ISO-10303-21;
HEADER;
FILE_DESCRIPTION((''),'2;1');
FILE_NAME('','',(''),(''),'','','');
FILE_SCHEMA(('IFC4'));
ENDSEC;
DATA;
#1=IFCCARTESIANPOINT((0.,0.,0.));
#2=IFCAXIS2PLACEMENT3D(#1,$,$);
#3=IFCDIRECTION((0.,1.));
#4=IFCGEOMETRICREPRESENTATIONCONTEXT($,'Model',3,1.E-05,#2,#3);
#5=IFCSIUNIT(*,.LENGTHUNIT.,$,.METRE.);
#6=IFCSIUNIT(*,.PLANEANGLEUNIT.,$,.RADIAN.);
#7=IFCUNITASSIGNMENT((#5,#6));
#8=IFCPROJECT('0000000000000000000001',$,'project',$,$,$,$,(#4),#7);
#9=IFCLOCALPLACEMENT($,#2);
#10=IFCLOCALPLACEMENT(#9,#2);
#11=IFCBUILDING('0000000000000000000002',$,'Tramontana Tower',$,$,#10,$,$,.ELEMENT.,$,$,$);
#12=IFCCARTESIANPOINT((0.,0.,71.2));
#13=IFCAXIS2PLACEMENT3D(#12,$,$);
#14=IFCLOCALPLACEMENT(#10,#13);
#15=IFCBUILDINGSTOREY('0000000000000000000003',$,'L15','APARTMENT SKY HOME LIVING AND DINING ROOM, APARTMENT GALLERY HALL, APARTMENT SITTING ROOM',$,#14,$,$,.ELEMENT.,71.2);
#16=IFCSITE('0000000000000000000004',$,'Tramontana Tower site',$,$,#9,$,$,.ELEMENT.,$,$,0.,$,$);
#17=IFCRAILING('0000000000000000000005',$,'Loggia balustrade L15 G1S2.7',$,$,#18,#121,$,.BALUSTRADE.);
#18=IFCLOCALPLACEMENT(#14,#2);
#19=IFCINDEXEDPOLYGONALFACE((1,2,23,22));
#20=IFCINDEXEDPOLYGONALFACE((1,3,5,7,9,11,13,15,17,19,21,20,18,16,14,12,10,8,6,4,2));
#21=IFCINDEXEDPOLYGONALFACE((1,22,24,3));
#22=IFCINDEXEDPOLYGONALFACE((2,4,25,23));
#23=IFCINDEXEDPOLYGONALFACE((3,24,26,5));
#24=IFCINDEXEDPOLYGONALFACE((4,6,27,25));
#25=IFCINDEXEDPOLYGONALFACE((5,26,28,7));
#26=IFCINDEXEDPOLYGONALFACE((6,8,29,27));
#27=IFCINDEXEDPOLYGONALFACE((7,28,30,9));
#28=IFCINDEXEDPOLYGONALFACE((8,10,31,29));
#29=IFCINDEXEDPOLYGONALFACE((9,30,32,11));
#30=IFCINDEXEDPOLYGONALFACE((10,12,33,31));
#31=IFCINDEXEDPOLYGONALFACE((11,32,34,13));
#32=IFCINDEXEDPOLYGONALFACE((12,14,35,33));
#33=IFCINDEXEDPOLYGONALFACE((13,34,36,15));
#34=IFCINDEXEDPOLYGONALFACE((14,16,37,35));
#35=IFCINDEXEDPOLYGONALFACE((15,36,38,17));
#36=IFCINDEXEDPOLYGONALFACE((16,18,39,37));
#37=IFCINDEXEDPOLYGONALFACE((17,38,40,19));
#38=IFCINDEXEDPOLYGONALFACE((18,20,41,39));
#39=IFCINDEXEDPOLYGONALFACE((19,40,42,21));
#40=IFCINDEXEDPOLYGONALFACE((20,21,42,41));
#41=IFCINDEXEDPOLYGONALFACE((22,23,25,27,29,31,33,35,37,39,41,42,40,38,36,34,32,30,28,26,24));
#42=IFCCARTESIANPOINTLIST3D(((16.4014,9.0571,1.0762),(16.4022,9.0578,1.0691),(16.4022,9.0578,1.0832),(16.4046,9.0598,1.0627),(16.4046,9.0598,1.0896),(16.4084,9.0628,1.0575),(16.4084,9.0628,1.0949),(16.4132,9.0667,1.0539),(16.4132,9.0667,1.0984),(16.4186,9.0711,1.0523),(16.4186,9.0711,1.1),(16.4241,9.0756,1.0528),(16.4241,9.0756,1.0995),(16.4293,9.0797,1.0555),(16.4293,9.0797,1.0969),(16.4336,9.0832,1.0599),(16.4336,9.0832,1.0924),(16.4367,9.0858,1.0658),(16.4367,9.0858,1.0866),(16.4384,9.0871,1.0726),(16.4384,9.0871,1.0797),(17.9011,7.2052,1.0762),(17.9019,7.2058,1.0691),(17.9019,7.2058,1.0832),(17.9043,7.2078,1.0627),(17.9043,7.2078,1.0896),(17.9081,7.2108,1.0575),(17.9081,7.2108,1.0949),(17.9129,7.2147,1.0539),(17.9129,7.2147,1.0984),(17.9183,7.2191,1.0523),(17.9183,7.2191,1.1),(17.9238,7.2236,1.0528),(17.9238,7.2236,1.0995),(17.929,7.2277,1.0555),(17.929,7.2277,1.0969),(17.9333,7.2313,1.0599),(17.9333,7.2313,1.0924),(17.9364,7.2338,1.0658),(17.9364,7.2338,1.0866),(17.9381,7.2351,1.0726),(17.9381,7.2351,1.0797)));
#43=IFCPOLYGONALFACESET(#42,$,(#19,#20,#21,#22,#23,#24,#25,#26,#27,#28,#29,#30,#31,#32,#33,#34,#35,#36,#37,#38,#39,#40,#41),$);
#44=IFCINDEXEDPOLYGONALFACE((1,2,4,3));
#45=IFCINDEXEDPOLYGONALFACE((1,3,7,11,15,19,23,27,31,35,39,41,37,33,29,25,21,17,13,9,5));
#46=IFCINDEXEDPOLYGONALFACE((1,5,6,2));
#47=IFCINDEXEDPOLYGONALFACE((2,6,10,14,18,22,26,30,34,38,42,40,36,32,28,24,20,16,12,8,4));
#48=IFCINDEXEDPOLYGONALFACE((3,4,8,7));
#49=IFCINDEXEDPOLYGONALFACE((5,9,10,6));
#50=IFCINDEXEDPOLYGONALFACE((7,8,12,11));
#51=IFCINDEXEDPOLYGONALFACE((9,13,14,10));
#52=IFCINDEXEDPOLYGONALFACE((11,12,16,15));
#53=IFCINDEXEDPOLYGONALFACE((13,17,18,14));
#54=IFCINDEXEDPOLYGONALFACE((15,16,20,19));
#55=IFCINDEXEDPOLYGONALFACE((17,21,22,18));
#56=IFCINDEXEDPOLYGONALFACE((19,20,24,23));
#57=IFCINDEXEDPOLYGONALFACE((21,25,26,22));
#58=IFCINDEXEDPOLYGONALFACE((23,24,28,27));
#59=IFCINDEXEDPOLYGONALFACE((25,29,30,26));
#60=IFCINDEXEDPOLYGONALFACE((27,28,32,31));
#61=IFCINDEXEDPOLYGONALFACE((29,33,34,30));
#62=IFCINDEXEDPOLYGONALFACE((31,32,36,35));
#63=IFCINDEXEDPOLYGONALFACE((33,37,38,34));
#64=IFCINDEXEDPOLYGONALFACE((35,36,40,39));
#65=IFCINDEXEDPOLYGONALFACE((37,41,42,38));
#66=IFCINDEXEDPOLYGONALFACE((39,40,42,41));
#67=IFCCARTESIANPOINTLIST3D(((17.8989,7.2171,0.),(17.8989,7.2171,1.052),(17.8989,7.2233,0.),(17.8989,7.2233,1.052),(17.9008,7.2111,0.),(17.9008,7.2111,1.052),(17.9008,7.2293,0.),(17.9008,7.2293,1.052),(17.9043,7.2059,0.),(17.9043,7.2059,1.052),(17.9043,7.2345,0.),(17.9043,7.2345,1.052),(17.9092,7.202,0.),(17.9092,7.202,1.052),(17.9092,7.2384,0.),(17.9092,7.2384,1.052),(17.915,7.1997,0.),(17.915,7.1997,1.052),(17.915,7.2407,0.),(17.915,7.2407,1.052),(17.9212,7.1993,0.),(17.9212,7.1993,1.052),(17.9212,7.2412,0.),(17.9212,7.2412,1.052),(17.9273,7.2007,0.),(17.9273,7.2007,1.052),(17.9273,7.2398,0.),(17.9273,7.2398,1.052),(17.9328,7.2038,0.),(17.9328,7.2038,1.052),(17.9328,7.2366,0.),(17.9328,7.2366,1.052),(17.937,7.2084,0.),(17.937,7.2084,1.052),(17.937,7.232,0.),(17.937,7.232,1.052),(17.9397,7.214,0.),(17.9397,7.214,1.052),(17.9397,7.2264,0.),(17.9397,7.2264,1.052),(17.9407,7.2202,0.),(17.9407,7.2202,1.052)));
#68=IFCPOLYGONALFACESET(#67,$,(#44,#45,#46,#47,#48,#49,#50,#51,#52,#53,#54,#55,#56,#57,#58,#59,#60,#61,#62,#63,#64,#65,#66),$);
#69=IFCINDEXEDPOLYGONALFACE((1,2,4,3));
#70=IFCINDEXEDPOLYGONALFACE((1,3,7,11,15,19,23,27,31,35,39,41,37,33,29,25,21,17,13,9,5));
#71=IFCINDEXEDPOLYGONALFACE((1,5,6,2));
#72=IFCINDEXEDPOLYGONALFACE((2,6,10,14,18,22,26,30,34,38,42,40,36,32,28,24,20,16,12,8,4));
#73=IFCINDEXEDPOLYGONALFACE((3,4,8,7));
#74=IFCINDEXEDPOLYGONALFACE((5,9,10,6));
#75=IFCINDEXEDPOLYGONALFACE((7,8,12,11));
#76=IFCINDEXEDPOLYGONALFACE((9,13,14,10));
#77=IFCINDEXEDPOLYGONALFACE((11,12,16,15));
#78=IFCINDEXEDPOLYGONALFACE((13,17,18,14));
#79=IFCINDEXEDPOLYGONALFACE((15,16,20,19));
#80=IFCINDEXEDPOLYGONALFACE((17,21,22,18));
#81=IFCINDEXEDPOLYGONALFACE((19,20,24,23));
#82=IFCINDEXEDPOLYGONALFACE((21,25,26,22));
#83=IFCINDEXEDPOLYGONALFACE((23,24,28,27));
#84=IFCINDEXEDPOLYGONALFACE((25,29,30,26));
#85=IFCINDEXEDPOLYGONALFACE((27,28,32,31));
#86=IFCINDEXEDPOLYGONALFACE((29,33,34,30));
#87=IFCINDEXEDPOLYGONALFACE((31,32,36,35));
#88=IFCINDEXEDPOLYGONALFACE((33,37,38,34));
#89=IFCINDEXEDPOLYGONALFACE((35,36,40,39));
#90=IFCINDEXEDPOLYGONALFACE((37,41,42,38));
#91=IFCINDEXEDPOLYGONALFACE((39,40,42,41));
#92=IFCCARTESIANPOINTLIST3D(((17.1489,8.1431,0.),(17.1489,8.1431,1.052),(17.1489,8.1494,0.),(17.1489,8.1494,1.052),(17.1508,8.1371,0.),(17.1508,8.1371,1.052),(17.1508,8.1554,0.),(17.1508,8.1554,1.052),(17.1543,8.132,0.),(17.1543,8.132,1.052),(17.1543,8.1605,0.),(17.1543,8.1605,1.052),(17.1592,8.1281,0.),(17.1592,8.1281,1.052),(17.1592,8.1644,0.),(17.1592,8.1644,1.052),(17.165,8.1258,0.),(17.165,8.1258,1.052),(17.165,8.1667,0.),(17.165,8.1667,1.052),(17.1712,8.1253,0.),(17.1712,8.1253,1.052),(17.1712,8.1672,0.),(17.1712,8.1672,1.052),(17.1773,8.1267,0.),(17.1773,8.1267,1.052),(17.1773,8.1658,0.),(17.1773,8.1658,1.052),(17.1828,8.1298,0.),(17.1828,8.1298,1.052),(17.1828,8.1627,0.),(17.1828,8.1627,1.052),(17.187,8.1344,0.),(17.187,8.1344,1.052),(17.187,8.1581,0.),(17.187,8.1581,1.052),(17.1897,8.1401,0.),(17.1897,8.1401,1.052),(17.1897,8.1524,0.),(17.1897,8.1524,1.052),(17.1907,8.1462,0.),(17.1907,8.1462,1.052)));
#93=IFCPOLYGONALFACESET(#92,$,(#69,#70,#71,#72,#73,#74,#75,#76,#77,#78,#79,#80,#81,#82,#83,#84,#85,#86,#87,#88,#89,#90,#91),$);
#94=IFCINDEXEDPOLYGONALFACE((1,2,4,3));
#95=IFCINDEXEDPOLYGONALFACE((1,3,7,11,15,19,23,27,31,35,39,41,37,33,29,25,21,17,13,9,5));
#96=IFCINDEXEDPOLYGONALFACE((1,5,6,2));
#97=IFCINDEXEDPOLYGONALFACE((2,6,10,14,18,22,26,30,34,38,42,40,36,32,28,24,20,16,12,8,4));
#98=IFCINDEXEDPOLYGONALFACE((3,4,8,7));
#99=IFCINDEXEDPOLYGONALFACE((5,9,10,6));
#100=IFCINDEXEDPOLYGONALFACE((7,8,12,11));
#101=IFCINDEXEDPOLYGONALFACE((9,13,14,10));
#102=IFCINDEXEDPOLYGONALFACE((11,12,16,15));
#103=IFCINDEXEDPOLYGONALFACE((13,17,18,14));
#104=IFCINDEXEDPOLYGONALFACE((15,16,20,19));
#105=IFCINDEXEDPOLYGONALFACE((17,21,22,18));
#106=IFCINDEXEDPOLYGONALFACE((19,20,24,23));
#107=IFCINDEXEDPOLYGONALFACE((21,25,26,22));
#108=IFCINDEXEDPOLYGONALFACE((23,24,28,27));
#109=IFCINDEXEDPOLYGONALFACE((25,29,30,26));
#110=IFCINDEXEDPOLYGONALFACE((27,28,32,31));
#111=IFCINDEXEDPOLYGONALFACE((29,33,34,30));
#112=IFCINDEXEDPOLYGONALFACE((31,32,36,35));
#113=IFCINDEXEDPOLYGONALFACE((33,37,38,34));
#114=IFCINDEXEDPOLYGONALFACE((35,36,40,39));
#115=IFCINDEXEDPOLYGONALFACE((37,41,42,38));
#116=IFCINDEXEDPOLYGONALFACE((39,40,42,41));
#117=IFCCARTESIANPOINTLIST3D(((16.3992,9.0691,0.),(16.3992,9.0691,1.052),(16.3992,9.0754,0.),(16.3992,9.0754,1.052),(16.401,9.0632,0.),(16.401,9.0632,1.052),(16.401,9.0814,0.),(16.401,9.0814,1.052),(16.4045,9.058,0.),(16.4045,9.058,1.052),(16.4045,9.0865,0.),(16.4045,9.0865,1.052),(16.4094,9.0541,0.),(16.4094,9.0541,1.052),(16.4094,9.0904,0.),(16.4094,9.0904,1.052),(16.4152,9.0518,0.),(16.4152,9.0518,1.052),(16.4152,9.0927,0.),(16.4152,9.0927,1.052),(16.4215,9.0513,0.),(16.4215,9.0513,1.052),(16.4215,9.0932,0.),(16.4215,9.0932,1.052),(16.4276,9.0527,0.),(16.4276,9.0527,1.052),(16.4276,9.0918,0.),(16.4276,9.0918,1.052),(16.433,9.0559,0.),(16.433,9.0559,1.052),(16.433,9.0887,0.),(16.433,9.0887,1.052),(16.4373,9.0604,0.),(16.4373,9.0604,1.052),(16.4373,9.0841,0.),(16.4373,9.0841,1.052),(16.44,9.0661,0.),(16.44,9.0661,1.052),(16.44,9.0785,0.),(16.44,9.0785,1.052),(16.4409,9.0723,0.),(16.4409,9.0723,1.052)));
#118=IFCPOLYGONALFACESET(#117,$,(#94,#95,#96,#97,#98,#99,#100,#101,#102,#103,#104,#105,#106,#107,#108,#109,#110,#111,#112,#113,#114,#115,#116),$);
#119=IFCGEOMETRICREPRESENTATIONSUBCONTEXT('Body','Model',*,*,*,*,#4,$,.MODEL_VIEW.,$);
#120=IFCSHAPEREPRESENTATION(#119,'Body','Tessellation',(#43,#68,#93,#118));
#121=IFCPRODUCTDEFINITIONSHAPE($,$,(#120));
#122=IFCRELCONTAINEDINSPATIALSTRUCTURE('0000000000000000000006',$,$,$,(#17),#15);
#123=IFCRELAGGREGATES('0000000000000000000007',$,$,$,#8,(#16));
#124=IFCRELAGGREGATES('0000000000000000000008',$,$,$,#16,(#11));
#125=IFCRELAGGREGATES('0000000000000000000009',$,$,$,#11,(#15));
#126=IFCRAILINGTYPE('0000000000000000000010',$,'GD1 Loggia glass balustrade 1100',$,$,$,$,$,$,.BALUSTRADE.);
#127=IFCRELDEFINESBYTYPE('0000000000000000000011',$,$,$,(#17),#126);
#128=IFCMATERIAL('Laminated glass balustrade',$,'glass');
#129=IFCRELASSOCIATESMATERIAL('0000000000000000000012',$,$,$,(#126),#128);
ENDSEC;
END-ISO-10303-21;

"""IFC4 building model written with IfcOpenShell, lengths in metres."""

from ifc_helpers import new_model, si_unit, direction, frame, origin, origin_2d, place, context, subcontext, project, spatial, circle, extrude, material, type_object, element, save


model = new_model("IFC4")

# Units and contexts
model_context = context("Model", 3, precision=1e-05, world=origin(), true_north=direction((0.0, 1.0)))
body_context = subcontext(model_context, "Body", "Model", "MODEL_VIEW")
ifc_project = project(units=[si_unit("LENGTHUNIT", "METRE"), si_unit("PLANEANGLEUNIT", "RADIAN")], contexts=[model_context])

# Site, building, storey
site_placement = place(None, origin())
site = spatial("IfcSite", under=ifc_project, at=site_placement, Name="Tramontana Tower site", CompositionType="ELEMENT", RefElevation=0.0)
building_placement = place(site_placement, origin())
building = spatial("IfcBuilding", under=site, at=building_placement, Name="Tramontana Tower", CompositionType="ELEMENT")
storey_placement = place(building_placement, frame((0.0, 0.0, 71.2)))
storey = spatial("IfcBuildingStorey", under=building, at=storey_placement, Name="L15", Description="APARTMENT SKY HOME LIVING AND DINING ROOM, APARTMENT GALLERY HALL, APARTMENT SITTING ROOM", CompositionType="ELEMENT", Elevation=71.2)

# Railing
ifc_material_1 = material(Name="Laminated glass balustrade", Category="glass")
railing_type = type_object("IfcRailingType", Name="GD1 Loggia glass balustrade 1100", PredefinedType="BALUSTRADE", material=ifc_material_1)
railing_1_placement = place(storey_placement, frame((17.9197, 7.2202, 0.0)))
element("IfcRailing", 1, at=railing_1_placement, inside=storey, type_object=railing_type, Name="Loggia balustrade L15 G1S2.7", PredefinedType="BALUSTRADE", context=body_context, shape_type="SweptSolid", body=[
    extrude(circle(Radius=0.0239, at=origin_2d()), frame((0.0, 0.0, 1.0762), z_axis=(-0.629319, 0.777147, 0.0), x_axis=(-0.777147, -0.629319, 0.0)), (0.0, 0.0, 1.0), 2.3831),
    extrude(circle(Radius=0.021, at=origin_2d()), origin(), (0.0, 0.0, 1.0), 1.052),
    extrude(circle(Radius=0.021, at=origin_2d()), frame((-0.75, 0.926, 0.0)), (0.0, 0.0, 1.0), 1.052),
    extrude(circle(Radius=0.021, at=origin_2d()), frame((-1.4998, 1.8521, 0.0)), (0.0, 0.0, 1.0), 1.052),
])

save(model, "model.ifc")
